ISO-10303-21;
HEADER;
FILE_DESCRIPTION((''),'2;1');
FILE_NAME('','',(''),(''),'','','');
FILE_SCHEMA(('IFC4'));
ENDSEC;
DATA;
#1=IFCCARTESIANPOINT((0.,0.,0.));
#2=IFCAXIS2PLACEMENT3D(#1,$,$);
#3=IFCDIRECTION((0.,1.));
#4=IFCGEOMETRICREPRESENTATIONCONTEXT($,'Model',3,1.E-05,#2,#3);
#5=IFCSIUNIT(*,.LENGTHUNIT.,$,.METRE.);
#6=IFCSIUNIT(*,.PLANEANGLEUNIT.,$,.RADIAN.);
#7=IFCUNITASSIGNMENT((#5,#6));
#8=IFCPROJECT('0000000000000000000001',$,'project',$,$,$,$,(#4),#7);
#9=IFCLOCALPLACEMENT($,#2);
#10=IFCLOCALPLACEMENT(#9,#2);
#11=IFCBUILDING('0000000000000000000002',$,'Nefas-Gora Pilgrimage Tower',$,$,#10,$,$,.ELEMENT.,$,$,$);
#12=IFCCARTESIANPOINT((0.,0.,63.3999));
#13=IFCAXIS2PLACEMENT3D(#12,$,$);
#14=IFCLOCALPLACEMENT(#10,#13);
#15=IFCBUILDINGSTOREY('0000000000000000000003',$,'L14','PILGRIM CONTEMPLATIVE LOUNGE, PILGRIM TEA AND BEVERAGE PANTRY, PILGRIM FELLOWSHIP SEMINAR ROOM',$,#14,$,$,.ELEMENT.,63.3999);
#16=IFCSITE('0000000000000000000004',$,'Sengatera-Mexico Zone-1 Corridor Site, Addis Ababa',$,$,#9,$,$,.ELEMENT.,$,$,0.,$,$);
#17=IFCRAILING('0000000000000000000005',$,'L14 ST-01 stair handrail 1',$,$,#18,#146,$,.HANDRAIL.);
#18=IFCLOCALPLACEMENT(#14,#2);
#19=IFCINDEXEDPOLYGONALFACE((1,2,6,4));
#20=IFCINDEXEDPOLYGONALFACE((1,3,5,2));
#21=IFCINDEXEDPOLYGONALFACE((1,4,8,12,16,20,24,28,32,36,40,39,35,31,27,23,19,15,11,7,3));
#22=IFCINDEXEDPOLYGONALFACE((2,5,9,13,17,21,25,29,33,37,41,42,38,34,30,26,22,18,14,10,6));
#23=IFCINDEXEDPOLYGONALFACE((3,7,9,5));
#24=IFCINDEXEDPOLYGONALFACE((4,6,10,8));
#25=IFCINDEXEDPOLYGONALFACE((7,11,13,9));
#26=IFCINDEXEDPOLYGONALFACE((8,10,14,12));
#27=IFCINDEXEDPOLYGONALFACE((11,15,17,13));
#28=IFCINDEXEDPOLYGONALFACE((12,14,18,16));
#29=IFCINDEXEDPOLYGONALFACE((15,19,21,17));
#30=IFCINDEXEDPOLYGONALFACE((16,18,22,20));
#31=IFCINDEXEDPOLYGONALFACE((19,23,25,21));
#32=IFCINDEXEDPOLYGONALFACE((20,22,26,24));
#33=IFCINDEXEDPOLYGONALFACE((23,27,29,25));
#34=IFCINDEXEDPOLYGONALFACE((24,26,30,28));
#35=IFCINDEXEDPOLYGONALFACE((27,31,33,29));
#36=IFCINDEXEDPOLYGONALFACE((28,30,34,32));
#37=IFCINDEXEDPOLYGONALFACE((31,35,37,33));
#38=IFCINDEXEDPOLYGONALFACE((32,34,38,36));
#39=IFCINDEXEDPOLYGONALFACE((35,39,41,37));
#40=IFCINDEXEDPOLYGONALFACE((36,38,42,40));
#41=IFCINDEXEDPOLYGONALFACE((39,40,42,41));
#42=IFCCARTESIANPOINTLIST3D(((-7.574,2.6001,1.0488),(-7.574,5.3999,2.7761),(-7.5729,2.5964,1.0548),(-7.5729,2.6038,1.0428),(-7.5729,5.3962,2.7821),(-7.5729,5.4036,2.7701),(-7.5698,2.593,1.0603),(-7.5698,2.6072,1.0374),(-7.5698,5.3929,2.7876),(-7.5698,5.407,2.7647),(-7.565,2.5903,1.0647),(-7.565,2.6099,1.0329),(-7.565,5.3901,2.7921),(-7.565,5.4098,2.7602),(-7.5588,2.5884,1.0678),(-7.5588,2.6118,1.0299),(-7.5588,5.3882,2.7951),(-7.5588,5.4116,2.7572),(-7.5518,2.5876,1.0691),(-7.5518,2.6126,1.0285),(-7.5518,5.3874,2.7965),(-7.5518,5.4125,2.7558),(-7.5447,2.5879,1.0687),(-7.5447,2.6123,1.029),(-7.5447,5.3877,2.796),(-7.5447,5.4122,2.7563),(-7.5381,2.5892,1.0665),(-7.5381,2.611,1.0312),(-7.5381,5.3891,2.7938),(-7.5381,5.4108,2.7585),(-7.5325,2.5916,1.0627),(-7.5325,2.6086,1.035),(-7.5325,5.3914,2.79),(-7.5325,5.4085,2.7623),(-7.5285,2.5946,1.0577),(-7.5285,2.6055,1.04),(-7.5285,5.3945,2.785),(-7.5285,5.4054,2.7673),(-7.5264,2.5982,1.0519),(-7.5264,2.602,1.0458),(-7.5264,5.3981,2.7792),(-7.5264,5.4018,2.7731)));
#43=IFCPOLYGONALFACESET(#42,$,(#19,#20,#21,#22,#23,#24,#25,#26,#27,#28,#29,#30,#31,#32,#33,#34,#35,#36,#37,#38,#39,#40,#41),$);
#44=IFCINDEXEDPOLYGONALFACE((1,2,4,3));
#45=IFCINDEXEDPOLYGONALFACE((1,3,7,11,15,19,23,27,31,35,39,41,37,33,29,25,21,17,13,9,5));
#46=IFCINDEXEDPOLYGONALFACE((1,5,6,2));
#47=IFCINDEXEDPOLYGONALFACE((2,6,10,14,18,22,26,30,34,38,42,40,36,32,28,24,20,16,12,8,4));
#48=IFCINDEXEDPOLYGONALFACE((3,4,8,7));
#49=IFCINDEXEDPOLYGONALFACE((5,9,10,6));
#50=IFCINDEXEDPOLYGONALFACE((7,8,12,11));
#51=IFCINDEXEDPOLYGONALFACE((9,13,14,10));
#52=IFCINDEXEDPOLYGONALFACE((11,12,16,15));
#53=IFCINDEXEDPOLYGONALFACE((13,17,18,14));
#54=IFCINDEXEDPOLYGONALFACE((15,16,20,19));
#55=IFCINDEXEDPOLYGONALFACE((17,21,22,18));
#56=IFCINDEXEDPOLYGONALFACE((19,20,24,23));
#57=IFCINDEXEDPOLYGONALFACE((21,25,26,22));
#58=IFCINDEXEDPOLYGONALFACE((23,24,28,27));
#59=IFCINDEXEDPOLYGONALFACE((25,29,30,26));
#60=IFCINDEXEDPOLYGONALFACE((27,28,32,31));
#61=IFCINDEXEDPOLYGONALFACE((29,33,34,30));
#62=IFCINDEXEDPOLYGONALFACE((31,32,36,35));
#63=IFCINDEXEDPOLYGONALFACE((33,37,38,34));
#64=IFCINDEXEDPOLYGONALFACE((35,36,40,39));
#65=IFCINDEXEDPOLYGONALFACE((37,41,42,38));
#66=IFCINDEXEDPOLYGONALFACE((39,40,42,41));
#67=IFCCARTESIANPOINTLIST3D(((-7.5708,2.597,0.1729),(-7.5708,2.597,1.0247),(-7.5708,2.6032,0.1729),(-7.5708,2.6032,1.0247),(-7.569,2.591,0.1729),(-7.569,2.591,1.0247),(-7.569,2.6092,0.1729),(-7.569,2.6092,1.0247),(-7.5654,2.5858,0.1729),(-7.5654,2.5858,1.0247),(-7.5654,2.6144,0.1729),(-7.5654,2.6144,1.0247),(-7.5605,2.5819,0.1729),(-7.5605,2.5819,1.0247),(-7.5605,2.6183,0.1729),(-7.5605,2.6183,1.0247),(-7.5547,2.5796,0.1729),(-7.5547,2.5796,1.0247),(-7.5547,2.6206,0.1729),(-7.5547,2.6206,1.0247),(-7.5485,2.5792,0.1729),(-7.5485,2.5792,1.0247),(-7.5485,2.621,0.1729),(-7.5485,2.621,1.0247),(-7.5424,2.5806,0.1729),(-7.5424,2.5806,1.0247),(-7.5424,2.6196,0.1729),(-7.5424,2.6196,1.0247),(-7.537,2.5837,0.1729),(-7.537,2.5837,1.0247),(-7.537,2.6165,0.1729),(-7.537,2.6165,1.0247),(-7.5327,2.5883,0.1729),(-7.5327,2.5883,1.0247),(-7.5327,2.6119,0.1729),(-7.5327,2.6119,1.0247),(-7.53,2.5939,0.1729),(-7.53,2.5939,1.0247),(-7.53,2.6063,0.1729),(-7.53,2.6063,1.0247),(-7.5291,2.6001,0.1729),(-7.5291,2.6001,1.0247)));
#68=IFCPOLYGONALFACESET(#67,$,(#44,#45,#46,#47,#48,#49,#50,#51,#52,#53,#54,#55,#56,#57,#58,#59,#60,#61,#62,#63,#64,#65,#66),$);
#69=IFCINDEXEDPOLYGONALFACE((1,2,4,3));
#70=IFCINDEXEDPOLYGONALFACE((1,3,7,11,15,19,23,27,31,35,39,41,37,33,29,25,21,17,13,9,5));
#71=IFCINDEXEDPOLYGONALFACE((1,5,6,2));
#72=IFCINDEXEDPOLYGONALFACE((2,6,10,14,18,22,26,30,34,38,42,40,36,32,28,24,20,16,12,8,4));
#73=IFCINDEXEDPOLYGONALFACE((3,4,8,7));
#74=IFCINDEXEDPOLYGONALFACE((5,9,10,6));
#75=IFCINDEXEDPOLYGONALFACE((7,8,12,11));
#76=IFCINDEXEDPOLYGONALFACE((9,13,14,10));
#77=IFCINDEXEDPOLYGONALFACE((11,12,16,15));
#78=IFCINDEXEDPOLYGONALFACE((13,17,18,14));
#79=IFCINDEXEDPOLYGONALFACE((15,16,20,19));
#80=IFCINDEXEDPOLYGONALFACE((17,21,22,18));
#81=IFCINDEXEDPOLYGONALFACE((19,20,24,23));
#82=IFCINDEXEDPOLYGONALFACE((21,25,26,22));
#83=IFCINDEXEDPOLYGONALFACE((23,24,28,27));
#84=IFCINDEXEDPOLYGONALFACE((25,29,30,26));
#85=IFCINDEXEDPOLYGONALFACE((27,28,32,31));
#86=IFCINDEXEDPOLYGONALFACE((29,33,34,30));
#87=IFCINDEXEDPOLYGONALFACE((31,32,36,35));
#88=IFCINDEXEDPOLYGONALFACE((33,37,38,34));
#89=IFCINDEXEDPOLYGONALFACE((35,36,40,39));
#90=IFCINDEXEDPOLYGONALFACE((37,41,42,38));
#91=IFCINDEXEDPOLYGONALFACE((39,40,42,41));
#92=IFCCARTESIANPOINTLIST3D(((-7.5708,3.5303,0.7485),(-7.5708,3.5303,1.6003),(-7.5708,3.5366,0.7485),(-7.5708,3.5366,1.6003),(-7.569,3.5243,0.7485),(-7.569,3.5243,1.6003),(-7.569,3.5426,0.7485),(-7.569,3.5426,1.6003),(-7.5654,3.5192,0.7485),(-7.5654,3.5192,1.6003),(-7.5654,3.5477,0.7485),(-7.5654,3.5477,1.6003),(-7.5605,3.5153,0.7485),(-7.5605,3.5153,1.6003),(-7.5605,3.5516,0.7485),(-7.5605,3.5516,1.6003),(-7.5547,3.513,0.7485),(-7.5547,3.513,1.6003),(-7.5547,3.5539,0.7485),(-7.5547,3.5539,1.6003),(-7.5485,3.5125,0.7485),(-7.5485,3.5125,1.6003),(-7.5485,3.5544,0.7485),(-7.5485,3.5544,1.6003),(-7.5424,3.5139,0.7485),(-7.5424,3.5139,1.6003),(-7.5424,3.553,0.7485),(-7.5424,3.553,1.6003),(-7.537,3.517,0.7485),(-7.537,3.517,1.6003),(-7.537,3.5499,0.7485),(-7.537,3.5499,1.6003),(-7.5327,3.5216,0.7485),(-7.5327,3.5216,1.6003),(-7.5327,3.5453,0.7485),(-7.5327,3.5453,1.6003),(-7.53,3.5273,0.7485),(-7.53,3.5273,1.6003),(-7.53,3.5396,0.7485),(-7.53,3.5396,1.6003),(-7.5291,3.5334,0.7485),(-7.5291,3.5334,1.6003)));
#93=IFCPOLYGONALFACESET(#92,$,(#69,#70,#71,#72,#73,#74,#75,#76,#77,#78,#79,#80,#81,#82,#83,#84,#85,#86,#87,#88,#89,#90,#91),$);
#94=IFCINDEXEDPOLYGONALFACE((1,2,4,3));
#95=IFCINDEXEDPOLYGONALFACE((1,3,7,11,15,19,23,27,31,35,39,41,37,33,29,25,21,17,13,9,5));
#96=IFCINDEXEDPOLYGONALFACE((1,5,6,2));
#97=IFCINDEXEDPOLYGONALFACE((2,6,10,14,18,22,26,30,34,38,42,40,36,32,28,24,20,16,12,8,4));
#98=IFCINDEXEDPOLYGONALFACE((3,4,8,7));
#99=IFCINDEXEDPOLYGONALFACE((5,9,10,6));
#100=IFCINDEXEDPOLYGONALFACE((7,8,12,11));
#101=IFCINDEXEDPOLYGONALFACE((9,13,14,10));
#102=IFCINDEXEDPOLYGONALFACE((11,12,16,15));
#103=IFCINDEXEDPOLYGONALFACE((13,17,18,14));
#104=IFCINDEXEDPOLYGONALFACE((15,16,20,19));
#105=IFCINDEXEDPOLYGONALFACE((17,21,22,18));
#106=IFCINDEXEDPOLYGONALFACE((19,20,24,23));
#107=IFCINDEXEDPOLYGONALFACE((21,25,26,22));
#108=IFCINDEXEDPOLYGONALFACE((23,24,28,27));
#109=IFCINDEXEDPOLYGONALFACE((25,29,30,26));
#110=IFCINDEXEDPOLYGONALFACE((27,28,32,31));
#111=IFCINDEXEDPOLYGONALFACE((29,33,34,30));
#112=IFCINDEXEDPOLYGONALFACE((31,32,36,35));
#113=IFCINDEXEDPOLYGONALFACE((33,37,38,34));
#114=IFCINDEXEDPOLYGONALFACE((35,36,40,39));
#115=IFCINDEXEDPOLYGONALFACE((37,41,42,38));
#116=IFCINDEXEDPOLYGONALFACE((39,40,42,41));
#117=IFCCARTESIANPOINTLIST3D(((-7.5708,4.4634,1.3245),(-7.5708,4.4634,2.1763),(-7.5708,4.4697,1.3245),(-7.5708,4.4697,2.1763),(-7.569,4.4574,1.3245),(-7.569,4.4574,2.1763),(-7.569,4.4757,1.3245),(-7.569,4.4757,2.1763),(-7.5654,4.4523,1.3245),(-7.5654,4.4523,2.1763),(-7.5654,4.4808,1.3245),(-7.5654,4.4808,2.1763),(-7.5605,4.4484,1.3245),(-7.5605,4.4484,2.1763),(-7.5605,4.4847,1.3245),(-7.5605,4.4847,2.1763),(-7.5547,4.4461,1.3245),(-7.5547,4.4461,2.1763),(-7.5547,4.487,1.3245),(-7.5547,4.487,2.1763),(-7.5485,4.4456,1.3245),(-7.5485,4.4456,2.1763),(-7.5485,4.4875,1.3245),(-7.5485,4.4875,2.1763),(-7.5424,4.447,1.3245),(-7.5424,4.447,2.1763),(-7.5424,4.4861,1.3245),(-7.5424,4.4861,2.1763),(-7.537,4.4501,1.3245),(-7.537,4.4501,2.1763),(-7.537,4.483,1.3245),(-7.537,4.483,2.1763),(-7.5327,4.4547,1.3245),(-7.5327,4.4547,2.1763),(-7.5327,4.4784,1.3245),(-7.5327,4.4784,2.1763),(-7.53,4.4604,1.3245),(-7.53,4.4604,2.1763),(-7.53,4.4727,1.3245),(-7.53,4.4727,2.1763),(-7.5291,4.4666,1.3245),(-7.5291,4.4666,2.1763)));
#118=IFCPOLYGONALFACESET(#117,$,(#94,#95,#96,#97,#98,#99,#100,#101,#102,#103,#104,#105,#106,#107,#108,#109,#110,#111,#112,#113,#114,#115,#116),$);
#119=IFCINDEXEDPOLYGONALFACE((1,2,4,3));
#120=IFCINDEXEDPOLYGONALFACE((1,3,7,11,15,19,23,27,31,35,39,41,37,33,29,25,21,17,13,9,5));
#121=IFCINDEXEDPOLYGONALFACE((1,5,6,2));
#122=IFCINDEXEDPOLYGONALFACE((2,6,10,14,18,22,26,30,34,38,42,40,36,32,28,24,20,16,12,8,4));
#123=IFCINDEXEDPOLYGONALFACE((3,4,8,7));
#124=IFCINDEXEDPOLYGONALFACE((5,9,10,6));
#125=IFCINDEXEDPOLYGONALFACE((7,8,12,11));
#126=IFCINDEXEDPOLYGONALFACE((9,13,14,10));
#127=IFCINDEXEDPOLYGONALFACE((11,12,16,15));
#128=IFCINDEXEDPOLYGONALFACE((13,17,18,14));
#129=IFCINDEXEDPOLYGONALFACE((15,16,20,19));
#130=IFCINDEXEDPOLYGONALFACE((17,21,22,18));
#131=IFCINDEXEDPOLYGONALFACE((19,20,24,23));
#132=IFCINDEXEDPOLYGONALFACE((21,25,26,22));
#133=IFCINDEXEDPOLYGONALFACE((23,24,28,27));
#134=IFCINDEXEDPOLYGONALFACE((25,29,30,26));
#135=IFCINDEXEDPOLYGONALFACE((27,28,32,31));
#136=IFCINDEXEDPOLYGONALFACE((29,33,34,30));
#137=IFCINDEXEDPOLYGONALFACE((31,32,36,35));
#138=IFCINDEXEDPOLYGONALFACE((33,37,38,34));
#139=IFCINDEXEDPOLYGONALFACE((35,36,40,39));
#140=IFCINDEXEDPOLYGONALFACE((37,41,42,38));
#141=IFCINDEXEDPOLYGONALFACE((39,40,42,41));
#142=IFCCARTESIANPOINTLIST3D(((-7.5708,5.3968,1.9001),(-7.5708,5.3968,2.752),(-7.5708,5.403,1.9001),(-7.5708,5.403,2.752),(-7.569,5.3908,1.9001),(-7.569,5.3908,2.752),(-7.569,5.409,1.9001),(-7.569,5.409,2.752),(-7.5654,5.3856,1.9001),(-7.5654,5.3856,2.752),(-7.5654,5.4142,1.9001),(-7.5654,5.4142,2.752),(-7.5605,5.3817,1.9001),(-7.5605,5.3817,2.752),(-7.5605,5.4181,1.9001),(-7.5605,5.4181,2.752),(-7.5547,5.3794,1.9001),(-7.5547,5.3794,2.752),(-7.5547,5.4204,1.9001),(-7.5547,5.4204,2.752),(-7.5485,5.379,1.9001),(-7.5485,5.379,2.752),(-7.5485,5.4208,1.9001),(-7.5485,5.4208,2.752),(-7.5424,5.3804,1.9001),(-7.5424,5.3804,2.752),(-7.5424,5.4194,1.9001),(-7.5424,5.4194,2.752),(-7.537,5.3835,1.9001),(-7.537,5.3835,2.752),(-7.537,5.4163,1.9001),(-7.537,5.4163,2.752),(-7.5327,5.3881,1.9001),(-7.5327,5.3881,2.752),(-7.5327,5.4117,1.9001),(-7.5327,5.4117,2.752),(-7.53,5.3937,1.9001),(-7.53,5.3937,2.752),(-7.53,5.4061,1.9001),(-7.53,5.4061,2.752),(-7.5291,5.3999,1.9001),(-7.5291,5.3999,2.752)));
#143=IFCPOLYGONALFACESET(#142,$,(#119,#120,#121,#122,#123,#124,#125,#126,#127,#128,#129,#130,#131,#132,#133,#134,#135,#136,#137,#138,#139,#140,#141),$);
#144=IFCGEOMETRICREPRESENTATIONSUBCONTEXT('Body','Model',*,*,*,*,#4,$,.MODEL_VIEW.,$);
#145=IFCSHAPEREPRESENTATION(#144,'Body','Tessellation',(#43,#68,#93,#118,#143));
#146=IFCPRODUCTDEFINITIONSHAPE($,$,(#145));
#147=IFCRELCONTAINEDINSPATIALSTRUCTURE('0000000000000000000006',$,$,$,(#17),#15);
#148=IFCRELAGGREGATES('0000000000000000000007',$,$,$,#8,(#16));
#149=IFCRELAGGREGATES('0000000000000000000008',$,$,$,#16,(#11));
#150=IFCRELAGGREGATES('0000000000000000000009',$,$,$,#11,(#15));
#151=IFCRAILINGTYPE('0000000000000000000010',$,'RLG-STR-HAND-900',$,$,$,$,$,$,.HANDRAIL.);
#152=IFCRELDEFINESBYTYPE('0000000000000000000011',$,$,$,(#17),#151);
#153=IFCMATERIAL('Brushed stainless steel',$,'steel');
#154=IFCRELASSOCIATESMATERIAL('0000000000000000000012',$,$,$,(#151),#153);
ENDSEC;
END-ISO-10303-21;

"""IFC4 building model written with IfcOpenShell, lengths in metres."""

from ifc_helpers import new_model, si_unit, direction, frame, origin, origin_2d, place, context, subcontext, project, spatial, circle, extrude, material, type_object, element, save


model = new_model("IFC4")

# Units and contexts
model_context = context("Model", 3, precision=1e-05, world=origin(), true_north=direction((0.0, 1.0)))
body_context = subcontext(model_context, "Body", "Model", "MODEL_VIEW")
ifc_project = project(units=[si_unit("LENGTHUNIT", "METRE"), si_unit("PLANEANGLEUNIT", "RADIAN")], contexts=[model_context])

# Site, building, storey
site_placement = place(None, origin())
site = spatial("IfcSite", under=ifc_project, at=site_placement, Name="Sengatera-Mexico Zone-1 Corridor Site, Addis Ababa", CompositionType="ELEMENT", RefElevation=0.0)
building_placement = place(site_placement, origin())
building = spatial("IfcBuilding", under=site, at=building_placement, Name="Nefas-Gora Pilgrimage Tower", CompositionType="ELEMENT")
storey_placement = place(building_placement, frame((0.0, 0.0, 63.3999)))
storey = spatial("IfcBuildingStorey", under=building, at=storey_placement, Name="L14", Description="PILGRIM CONTEMPLATIVE LOUNGE, PILGRIM TEA AND BEVERAGE PANTRY, PILGRIM FELLOWSHIP SEMINAR ROOM", CompositionType="ELEMENT", Elevation=63.3999)

# Railing
ifc_material_1 = material(Name="Brushed stainless steel", Category="steel")
railing_type_1 = type_object("IfcRailingType", Name="RLG-STR-HAND-900", PredefinedType="HANDRAIL", material=ifc_material_1)
railing_1_placement = place(storey_placement, frame((-7.55, 2.6001, 0.1729)))
element("IfcRailing", 1, at=railing_1_placement, inside=storey, type_object=railing_type_1, Name="L14 ST-01 stair handrail 1", PredefinedType="HANDRAIL", context=body_context, shape_type="SweptSolid", body=[
    extrude(circle(Radius=0.0239, at=origin_2d()), frame((0.0, 0.0, 0.876), z_axis=(0.0, 0.851069, 0.525054), x_axis=(-1.0, 0.0, 0.0)), (0.0, 0.0, 1.0), 3.2898),
    extrude(circle(Radius=0.021, at=origin_2d()), origin(), (0.0, 0.0, 1.0), 0.8518),
    extrude(circle(Radius=0.021, at=origin_2d()), frame((0.0, 0.9333, 0.5757)), (0.0, 0.0, 1.0), 0.8518),
    extrude(circle(Radius=0.021, at=origin_2d()), frame((0.0, 1.8665, 1.1516)), (0.0, 0.0, 1.0), 0.8518),
    extrude(circle(Radius=0.021, at=origin_2d()), frame((0.0, 2.7998, 1.7273)), (0.0, 0.0, 1.0), 0.8518),
])

save(model, "model.ifc")
